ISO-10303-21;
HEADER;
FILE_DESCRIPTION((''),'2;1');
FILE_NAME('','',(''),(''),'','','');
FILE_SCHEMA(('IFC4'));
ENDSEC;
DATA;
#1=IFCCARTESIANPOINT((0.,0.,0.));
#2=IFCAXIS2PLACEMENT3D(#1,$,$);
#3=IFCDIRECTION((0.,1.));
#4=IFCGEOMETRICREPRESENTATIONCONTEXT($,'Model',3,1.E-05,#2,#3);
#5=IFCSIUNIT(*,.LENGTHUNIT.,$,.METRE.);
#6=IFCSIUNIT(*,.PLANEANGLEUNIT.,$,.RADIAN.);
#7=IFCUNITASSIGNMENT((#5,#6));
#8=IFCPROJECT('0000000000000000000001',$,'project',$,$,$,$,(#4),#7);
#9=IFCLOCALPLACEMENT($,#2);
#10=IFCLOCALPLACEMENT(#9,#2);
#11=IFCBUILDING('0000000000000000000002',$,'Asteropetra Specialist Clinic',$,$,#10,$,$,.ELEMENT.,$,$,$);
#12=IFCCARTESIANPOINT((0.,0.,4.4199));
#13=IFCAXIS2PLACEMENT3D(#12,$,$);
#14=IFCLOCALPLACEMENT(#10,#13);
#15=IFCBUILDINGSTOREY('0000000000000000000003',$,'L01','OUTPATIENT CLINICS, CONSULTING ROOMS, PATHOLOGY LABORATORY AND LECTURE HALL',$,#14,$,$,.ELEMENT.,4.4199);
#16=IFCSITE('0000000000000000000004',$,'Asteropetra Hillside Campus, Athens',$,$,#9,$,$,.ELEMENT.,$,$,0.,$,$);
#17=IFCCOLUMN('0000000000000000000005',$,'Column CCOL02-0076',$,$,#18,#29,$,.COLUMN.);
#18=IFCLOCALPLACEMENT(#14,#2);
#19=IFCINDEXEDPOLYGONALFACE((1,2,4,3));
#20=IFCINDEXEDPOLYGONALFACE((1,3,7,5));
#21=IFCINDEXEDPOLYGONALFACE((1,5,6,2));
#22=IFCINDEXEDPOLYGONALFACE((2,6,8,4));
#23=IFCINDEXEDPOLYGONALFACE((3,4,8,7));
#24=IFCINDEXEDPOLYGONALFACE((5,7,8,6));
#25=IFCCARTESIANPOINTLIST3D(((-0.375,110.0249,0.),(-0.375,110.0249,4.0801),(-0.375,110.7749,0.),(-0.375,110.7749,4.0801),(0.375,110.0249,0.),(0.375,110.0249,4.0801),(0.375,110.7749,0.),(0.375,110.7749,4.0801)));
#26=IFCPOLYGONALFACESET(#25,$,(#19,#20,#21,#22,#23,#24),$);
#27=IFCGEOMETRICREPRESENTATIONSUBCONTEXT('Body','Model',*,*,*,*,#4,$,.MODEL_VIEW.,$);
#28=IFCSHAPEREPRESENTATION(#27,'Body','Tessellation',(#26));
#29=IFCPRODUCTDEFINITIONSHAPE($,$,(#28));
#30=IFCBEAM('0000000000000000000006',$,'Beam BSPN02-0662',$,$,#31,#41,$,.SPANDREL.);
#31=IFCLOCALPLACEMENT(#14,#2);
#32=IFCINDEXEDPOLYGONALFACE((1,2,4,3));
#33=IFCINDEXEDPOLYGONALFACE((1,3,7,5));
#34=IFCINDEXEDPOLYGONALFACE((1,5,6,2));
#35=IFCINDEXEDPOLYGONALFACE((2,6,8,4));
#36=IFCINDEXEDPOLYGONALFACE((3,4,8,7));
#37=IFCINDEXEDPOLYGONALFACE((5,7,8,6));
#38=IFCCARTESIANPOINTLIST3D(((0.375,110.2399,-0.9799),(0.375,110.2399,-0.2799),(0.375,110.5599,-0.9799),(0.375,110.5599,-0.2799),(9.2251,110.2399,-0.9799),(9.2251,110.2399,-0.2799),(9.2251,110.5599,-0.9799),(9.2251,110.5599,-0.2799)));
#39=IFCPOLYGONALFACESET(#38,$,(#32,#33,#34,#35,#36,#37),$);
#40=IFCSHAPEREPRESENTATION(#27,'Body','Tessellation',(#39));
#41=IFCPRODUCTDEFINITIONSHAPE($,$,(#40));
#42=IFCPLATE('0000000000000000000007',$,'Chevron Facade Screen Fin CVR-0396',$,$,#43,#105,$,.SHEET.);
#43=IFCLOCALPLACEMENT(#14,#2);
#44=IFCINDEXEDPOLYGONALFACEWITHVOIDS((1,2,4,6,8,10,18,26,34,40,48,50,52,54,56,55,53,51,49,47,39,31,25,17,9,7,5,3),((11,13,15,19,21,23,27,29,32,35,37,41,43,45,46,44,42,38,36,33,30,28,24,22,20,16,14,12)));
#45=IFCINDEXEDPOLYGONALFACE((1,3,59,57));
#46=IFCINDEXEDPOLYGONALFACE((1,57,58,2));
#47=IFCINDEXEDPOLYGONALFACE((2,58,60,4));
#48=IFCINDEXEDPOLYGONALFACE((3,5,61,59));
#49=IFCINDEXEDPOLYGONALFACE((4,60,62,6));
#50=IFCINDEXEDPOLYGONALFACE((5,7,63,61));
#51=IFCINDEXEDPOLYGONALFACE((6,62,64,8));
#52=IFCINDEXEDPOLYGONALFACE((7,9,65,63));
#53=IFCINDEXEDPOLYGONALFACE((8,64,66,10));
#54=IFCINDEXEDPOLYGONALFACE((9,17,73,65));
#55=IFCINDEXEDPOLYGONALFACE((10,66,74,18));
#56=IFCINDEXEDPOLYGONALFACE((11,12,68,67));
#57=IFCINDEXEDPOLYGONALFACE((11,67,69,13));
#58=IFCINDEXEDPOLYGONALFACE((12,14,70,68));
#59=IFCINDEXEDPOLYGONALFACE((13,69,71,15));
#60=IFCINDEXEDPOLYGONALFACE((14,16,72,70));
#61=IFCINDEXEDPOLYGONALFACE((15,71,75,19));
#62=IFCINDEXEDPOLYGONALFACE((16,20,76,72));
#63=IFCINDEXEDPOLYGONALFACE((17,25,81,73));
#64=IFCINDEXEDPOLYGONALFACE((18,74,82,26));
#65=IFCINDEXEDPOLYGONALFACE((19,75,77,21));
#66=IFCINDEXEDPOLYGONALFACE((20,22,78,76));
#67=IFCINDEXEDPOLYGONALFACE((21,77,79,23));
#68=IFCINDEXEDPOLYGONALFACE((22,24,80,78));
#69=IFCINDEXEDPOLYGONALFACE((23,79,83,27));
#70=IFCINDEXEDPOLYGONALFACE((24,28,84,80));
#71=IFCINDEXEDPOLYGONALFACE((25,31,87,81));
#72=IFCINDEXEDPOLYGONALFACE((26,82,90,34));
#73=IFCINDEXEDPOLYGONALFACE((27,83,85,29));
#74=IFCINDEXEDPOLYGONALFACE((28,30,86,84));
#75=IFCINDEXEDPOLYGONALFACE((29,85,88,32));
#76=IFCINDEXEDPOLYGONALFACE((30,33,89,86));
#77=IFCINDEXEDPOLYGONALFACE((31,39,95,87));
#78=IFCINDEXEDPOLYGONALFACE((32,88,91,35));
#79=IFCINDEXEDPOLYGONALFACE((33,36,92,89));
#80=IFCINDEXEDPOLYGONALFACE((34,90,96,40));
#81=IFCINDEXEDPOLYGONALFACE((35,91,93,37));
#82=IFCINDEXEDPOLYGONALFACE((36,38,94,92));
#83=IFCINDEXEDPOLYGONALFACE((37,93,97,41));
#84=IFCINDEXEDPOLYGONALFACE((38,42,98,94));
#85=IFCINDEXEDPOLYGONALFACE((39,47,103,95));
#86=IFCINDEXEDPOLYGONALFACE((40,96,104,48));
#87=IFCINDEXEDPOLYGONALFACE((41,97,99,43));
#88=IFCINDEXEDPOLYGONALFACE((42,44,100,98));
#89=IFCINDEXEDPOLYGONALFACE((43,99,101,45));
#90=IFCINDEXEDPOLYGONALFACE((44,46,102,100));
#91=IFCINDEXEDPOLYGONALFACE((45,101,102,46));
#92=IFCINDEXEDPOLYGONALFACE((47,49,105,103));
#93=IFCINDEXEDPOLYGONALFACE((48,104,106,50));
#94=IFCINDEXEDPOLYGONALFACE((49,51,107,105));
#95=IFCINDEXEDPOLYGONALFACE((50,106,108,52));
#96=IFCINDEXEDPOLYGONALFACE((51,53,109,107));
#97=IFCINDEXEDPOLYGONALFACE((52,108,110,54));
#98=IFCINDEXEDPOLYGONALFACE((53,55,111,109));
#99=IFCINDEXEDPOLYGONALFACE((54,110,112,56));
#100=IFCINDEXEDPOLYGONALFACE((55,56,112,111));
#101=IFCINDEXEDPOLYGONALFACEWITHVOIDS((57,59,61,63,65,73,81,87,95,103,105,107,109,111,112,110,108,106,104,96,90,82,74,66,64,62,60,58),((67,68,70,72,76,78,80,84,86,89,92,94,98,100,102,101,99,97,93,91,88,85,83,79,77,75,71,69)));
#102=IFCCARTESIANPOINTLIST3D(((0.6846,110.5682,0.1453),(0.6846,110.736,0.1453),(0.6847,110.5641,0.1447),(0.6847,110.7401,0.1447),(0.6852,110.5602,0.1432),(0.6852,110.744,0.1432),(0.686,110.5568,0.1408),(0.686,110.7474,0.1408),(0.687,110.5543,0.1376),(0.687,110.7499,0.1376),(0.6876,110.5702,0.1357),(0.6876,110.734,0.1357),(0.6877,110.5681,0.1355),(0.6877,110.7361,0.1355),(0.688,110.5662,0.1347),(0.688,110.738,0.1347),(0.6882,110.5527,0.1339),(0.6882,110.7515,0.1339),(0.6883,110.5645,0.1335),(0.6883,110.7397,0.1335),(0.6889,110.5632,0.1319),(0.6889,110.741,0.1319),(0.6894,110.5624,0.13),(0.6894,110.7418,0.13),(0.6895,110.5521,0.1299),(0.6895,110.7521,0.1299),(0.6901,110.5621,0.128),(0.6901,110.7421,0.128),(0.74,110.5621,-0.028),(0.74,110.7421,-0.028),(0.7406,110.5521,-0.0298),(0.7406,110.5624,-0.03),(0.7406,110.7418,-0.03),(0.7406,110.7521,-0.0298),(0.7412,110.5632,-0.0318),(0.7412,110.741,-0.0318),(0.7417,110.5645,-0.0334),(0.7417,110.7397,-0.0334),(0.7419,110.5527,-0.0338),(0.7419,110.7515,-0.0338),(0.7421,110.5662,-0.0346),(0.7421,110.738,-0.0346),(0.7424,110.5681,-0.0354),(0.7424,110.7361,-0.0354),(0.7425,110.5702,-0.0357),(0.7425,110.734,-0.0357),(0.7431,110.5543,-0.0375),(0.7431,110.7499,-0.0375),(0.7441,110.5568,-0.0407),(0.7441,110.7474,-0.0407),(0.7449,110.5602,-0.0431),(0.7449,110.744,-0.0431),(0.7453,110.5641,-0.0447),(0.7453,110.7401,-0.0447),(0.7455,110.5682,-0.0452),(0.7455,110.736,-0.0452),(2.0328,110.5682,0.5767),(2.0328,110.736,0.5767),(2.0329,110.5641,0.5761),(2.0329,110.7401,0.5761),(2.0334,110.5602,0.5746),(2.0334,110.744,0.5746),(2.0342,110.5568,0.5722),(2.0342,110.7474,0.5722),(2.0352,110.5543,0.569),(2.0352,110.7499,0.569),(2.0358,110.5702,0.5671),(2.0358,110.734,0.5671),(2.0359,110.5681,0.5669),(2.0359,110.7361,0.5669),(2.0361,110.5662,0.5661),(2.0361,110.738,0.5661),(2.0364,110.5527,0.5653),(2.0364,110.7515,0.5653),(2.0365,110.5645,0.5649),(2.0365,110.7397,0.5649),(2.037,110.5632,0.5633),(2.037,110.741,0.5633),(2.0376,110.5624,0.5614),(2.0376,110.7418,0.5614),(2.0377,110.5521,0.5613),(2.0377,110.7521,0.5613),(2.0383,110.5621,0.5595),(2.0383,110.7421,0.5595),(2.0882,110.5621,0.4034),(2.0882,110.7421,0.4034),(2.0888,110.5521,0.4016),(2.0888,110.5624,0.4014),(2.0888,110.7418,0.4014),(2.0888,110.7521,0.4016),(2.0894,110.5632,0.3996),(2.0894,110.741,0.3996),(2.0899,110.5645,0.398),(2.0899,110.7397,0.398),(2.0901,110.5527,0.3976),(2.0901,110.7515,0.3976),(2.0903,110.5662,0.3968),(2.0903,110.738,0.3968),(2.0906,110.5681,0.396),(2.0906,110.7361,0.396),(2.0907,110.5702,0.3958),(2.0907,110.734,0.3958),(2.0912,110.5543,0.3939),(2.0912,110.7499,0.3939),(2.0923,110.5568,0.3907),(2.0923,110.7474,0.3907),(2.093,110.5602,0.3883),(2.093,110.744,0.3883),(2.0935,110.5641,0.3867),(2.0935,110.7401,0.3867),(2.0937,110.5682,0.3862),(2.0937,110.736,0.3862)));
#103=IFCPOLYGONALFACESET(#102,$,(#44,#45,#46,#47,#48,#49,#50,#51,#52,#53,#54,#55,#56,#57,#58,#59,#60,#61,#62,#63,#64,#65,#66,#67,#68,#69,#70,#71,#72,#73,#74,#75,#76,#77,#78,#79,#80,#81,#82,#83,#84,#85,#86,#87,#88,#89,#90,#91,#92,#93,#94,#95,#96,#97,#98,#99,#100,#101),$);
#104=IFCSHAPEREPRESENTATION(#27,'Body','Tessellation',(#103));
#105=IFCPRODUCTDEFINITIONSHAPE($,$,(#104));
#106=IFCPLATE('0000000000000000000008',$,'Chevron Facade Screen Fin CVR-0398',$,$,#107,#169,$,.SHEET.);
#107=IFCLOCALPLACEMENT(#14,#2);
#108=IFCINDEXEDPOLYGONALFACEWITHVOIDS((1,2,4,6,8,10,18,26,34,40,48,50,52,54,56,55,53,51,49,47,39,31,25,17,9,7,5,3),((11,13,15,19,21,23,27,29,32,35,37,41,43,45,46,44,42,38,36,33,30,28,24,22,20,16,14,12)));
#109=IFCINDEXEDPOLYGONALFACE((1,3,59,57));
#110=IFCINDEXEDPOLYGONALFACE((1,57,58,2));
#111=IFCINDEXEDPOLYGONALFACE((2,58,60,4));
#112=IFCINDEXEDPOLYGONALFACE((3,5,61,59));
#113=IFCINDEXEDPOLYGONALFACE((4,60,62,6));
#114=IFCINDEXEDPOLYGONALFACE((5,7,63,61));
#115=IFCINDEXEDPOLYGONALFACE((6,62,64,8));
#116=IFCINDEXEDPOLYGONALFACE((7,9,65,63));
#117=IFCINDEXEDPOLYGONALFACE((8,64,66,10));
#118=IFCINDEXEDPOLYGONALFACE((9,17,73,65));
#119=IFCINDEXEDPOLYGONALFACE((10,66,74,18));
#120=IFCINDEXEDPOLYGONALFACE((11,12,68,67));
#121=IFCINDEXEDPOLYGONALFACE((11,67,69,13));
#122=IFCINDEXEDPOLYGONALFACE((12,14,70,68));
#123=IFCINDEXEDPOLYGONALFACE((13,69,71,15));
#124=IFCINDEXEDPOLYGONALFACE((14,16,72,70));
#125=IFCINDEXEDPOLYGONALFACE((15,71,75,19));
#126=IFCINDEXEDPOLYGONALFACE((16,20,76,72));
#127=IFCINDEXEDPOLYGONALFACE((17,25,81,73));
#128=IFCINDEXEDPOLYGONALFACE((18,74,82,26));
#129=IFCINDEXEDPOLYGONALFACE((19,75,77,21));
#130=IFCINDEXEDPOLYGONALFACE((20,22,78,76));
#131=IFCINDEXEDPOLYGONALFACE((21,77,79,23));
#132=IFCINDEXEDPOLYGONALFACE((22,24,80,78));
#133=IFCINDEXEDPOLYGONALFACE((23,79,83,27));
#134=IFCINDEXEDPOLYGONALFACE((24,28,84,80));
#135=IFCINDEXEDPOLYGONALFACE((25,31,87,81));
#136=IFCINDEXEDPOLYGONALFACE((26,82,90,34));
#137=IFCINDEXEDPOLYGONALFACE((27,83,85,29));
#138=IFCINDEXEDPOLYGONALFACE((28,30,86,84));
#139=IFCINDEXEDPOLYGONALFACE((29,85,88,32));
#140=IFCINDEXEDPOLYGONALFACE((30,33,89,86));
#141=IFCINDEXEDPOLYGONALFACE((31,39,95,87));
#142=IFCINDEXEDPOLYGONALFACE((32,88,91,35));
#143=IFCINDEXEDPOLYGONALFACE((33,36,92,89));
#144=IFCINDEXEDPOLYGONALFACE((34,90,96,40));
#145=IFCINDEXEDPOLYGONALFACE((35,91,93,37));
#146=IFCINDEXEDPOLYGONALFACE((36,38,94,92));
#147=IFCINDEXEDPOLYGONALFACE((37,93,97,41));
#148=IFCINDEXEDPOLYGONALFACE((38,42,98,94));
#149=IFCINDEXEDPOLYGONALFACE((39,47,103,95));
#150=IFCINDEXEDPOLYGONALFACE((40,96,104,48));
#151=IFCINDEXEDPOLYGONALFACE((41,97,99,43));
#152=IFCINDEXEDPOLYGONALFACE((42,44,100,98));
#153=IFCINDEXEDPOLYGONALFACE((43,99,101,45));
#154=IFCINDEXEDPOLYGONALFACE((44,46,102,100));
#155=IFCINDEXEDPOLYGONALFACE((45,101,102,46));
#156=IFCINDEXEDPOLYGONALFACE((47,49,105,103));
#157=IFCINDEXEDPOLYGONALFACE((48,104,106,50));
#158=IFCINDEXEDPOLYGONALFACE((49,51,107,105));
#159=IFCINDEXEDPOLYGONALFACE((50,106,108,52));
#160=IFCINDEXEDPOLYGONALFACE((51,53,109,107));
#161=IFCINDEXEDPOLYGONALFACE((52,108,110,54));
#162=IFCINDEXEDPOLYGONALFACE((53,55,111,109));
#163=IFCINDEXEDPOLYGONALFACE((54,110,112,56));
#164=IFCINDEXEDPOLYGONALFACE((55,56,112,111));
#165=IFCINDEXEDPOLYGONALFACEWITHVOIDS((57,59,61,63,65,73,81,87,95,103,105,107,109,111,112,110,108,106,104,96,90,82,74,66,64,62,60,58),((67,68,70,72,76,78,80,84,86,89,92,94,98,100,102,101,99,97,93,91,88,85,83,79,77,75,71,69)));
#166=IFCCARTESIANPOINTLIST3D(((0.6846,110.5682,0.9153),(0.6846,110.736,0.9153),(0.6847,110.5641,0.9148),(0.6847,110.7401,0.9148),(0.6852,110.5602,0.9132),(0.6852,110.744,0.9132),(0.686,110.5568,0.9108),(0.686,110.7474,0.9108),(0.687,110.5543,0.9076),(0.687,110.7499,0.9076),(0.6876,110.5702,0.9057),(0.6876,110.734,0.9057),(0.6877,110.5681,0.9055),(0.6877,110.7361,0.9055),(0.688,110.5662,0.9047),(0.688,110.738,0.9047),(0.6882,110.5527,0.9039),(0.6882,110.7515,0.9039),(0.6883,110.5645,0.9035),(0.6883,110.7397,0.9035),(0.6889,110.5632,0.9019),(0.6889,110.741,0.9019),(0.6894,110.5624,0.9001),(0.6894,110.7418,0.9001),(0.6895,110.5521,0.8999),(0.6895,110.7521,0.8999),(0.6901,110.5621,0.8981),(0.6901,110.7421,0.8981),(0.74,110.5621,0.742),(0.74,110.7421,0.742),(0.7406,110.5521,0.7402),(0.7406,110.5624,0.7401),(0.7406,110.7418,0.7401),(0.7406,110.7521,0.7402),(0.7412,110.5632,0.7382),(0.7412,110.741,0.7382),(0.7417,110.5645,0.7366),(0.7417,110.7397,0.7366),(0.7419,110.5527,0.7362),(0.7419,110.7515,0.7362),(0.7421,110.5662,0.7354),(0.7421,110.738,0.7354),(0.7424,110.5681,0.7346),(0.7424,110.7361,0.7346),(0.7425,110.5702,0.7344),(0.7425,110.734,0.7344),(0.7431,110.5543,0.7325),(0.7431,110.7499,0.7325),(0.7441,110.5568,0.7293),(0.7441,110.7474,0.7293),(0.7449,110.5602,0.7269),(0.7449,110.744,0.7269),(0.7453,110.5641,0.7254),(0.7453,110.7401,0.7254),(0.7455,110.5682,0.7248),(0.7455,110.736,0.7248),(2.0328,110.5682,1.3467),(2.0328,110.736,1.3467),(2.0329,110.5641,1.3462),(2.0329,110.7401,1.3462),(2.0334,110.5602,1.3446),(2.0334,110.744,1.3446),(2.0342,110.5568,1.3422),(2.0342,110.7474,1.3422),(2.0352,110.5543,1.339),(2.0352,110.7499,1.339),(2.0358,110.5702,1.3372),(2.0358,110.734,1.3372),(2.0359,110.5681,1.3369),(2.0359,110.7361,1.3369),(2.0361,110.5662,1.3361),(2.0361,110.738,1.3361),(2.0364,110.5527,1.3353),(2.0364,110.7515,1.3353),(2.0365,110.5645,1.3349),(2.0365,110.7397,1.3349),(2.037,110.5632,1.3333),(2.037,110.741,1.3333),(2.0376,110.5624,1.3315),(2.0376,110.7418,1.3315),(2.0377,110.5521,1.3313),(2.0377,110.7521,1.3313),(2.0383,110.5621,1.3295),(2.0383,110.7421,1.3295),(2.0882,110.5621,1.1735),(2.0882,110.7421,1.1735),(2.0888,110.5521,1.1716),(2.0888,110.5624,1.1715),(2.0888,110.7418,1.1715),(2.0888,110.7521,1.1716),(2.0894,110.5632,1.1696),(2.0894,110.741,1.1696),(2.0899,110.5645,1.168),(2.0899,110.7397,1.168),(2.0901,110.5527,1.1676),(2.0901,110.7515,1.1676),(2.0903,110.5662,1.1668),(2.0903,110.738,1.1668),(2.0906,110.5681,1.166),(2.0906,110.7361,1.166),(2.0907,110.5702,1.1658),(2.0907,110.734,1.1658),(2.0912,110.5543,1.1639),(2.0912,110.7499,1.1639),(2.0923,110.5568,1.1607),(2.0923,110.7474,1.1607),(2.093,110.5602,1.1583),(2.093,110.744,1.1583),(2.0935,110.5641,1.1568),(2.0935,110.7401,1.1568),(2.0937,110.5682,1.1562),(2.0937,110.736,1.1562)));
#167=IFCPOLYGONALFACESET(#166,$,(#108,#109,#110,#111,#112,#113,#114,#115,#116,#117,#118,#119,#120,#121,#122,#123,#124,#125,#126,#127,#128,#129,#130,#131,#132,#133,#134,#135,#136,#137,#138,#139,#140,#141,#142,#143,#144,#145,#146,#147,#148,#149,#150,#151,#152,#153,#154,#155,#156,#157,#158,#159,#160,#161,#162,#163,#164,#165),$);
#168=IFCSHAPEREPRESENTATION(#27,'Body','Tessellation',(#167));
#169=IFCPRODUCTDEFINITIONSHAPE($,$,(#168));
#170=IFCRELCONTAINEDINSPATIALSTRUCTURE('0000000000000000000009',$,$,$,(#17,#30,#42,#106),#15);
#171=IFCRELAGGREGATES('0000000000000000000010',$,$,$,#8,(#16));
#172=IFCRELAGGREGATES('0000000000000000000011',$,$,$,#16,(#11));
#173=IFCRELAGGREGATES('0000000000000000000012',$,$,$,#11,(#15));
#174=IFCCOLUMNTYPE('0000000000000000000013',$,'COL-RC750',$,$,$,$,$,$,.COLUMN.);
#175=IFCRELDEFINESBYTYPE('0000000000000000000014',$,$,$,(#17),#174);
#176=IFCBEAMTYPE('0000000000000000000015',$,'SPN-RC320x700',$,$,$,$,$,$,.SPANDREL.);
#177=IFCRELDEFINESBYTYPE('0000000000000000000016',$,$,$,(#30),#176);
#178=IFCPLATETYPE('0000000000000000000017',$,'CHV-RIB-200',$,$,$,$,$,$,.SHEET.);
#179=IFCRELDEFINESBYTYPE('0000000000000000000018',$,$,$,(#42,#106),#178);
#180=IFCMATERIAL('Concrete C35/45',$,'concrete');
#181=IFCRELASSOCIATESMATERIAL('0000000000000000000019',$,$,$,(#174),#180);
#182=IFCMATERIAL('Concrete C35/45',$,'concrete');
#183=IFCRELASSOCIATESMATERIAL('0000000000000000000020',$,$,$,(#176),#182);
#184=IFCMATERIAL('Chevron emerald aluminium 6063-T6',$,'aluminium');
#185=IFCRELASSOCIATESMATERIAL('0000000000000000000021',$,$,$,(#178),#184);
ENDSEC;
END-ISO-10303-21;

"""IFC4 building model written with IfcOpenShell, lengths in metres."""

from ifc_helpers import new_model, si_unit, direction, frame, origin, origin_2d, place, context, subcontext, project, spatial, rectangle, hollow_rectangle, extrude, material, material_profile, profile_set, type_object, element, save


model = new_model("IFC4")

# Units and contexts
model_context = context("Model", 3, precision=1e-05, world=origin(), true_north=direction((0.0, 1.0)))
body_context = subcontext(model_context, "Body", "Model", "MODEL_VIEW")
ifc_project = project(units=[si_unit("LENGTHUNIT", "METRE"), si_unit("PLANEANGLEUNIT", "RADIAN")], contexts=[model_context])

# Site, building, storey
site_placement = place(None, origin())
site = spatial("IfcSite", under=ifc_project, at=site_placement, Name="Asteropetra Hillside Campus, Athens", CompositionType="ELEMENT", RefElevation=0.0)
building_placement = place(site_placement, origin())
building = spatial("IfcBuilding", under=site, at=building_placement, Name="Asteropetra Specialist Clinic", CompositionType="ELEMENT")
storey_placement = place(building_placement, frame((0.0, 0.0, 4.4199)))
storey = spatial("IfcBuildingStorey", under=building, at=storey_placement, Name="L01", Description="OUTPATIENT CLINICS, CONSULTING ROOMS, PATHOLOGY LABORATORY AND LECTURE HALL", CompositionType="ELEMENT", Elevation=4.4199)

# Column
ifc_material_1 = material(Name="Concrete C35/45", Category="concrete")
ifc_material_profile_1 = material_profile(ifc_material_1, rectangle(XDim=0.75, YDim=0.75, at=origin_2d()), Name="RC 750x750")
ifc_profile_set_1 = profile_set([ifc_material_profile_1], Name="Concrete C35/45")
column_type = type_object("IfcColumnType", Name="COL-RC750", PredefinedType="COLUMN", material=ifc_profile_set_1)
column_placement = place(storey_placement, frame((0.0, 110.3999, 0.0), z_axis=(0.0, 0.0, 1.0), x_axis=(1.0, 0.0, 0.0)))
element("IfcColumn", 1, at=column_placement, inside=storey, type_object=column_type, Name="Column CCOL02-0076", PredefinedType="COLUMN", context=body_context, shape_type="SweptSolid", body=[
    extrude(rectangle(XDim=0.75, YDim=0.75, at=origin_2d()), origin(), (0.0, 0.0, 1.0), 4.0801),
])

# Beam
ifc_material_2 = material(Name="Concrete C35/45", Category="concrete")
ifc_material_profile_2 = material_profile(ifc_material_2, rectangle(XDim=0.3201, YDim=0.7, at=origin_2d()), Name="RCS 320x700")
ifc_profile_set_2 = profile_set([ifc_material_profile_2], Name="Concrete C35/45")
beam_type = type_object("IfcBeamType", Name="SPN-RC320x700", PredefinedType="SPANDREL", material=ifc_profile_set_2)
beam_placement = place(storey_placement, frame((0.375, 110.3999, -0.6299), z_axis=(1.0, 0.0, 0.0), x_axis=(0.0, 1.0, 0.0)))
element("IfcBeam", 2, at=beam_placement, inside=storey, type_object=beam_type, Name="Beam BSPN02-0662", PredefinedType="SPANDREL", context=body_context, shape_type="SweptSolid", body=[
    extrude(rectangle(XDim=0.3201, YDim=0.7, at=origin_2d()), origin(), (0.0, 0.0, 1.0), 8.8501),
])

# Plates
ifc_material_3 = material(Name="Chevron emerald aluminium 6063-T6", Category="aluminium")
ifc_material_profile_3 = material_profile(ifc_material_3, hollow_rectangle(XDim=0.2, YDim=0.2, WallThickness=0.01, InnerFilletRadius=0.0081, OuterFilletRadius=0.0161, at=origin_2d()), Name="SHS 200x200x10.0")
ifc_profile_set_3 = profile_set([ifc_material_profile_3], Name="Chevron emerald aluminium 6063-T6")
plate_type_1 = type_object("IfcPlateType", Name="CHV-RIB-200", PredefinedType="SHEET", material=ifc_profile_set_3)
for number, where, z_axis, x_axis, name in (
    (3, (2.0632, 110.6521, 0.4814), (-0.952426, 0.0, -0.304769), (0.0, -1.0, 0.0), "Chevron Facade Screen Fin CVR-0396"),
    (4, (2.0632, 110.6521, 1.2515), (-0.952426, 0.0, -0.304769), (0.0, -1.0, 0.0), "Chevron Facade Screen Fin CVR-0398"),
):
    element("IfcPlate", number, at=place(storey_placement, frame(where, z_axis=z_axis, x_axis=x_axis)), inside=storey, type_object=plate_type_1, Name=name, PredefinedType="SHEET", context=body_context, shape_type="SweptSolid", body=[
        extrude(hollow_rectangle(XDim=0.2, YDim=0.2, WallThickness=0.01, InnerFilletRadius=0.0081, OuterFilletRadius=0.0161, at=origin_2d()), origin(), (0.0, 0.0, 1.0), 1.4155),
    ])

save(model, "model.ifc")
